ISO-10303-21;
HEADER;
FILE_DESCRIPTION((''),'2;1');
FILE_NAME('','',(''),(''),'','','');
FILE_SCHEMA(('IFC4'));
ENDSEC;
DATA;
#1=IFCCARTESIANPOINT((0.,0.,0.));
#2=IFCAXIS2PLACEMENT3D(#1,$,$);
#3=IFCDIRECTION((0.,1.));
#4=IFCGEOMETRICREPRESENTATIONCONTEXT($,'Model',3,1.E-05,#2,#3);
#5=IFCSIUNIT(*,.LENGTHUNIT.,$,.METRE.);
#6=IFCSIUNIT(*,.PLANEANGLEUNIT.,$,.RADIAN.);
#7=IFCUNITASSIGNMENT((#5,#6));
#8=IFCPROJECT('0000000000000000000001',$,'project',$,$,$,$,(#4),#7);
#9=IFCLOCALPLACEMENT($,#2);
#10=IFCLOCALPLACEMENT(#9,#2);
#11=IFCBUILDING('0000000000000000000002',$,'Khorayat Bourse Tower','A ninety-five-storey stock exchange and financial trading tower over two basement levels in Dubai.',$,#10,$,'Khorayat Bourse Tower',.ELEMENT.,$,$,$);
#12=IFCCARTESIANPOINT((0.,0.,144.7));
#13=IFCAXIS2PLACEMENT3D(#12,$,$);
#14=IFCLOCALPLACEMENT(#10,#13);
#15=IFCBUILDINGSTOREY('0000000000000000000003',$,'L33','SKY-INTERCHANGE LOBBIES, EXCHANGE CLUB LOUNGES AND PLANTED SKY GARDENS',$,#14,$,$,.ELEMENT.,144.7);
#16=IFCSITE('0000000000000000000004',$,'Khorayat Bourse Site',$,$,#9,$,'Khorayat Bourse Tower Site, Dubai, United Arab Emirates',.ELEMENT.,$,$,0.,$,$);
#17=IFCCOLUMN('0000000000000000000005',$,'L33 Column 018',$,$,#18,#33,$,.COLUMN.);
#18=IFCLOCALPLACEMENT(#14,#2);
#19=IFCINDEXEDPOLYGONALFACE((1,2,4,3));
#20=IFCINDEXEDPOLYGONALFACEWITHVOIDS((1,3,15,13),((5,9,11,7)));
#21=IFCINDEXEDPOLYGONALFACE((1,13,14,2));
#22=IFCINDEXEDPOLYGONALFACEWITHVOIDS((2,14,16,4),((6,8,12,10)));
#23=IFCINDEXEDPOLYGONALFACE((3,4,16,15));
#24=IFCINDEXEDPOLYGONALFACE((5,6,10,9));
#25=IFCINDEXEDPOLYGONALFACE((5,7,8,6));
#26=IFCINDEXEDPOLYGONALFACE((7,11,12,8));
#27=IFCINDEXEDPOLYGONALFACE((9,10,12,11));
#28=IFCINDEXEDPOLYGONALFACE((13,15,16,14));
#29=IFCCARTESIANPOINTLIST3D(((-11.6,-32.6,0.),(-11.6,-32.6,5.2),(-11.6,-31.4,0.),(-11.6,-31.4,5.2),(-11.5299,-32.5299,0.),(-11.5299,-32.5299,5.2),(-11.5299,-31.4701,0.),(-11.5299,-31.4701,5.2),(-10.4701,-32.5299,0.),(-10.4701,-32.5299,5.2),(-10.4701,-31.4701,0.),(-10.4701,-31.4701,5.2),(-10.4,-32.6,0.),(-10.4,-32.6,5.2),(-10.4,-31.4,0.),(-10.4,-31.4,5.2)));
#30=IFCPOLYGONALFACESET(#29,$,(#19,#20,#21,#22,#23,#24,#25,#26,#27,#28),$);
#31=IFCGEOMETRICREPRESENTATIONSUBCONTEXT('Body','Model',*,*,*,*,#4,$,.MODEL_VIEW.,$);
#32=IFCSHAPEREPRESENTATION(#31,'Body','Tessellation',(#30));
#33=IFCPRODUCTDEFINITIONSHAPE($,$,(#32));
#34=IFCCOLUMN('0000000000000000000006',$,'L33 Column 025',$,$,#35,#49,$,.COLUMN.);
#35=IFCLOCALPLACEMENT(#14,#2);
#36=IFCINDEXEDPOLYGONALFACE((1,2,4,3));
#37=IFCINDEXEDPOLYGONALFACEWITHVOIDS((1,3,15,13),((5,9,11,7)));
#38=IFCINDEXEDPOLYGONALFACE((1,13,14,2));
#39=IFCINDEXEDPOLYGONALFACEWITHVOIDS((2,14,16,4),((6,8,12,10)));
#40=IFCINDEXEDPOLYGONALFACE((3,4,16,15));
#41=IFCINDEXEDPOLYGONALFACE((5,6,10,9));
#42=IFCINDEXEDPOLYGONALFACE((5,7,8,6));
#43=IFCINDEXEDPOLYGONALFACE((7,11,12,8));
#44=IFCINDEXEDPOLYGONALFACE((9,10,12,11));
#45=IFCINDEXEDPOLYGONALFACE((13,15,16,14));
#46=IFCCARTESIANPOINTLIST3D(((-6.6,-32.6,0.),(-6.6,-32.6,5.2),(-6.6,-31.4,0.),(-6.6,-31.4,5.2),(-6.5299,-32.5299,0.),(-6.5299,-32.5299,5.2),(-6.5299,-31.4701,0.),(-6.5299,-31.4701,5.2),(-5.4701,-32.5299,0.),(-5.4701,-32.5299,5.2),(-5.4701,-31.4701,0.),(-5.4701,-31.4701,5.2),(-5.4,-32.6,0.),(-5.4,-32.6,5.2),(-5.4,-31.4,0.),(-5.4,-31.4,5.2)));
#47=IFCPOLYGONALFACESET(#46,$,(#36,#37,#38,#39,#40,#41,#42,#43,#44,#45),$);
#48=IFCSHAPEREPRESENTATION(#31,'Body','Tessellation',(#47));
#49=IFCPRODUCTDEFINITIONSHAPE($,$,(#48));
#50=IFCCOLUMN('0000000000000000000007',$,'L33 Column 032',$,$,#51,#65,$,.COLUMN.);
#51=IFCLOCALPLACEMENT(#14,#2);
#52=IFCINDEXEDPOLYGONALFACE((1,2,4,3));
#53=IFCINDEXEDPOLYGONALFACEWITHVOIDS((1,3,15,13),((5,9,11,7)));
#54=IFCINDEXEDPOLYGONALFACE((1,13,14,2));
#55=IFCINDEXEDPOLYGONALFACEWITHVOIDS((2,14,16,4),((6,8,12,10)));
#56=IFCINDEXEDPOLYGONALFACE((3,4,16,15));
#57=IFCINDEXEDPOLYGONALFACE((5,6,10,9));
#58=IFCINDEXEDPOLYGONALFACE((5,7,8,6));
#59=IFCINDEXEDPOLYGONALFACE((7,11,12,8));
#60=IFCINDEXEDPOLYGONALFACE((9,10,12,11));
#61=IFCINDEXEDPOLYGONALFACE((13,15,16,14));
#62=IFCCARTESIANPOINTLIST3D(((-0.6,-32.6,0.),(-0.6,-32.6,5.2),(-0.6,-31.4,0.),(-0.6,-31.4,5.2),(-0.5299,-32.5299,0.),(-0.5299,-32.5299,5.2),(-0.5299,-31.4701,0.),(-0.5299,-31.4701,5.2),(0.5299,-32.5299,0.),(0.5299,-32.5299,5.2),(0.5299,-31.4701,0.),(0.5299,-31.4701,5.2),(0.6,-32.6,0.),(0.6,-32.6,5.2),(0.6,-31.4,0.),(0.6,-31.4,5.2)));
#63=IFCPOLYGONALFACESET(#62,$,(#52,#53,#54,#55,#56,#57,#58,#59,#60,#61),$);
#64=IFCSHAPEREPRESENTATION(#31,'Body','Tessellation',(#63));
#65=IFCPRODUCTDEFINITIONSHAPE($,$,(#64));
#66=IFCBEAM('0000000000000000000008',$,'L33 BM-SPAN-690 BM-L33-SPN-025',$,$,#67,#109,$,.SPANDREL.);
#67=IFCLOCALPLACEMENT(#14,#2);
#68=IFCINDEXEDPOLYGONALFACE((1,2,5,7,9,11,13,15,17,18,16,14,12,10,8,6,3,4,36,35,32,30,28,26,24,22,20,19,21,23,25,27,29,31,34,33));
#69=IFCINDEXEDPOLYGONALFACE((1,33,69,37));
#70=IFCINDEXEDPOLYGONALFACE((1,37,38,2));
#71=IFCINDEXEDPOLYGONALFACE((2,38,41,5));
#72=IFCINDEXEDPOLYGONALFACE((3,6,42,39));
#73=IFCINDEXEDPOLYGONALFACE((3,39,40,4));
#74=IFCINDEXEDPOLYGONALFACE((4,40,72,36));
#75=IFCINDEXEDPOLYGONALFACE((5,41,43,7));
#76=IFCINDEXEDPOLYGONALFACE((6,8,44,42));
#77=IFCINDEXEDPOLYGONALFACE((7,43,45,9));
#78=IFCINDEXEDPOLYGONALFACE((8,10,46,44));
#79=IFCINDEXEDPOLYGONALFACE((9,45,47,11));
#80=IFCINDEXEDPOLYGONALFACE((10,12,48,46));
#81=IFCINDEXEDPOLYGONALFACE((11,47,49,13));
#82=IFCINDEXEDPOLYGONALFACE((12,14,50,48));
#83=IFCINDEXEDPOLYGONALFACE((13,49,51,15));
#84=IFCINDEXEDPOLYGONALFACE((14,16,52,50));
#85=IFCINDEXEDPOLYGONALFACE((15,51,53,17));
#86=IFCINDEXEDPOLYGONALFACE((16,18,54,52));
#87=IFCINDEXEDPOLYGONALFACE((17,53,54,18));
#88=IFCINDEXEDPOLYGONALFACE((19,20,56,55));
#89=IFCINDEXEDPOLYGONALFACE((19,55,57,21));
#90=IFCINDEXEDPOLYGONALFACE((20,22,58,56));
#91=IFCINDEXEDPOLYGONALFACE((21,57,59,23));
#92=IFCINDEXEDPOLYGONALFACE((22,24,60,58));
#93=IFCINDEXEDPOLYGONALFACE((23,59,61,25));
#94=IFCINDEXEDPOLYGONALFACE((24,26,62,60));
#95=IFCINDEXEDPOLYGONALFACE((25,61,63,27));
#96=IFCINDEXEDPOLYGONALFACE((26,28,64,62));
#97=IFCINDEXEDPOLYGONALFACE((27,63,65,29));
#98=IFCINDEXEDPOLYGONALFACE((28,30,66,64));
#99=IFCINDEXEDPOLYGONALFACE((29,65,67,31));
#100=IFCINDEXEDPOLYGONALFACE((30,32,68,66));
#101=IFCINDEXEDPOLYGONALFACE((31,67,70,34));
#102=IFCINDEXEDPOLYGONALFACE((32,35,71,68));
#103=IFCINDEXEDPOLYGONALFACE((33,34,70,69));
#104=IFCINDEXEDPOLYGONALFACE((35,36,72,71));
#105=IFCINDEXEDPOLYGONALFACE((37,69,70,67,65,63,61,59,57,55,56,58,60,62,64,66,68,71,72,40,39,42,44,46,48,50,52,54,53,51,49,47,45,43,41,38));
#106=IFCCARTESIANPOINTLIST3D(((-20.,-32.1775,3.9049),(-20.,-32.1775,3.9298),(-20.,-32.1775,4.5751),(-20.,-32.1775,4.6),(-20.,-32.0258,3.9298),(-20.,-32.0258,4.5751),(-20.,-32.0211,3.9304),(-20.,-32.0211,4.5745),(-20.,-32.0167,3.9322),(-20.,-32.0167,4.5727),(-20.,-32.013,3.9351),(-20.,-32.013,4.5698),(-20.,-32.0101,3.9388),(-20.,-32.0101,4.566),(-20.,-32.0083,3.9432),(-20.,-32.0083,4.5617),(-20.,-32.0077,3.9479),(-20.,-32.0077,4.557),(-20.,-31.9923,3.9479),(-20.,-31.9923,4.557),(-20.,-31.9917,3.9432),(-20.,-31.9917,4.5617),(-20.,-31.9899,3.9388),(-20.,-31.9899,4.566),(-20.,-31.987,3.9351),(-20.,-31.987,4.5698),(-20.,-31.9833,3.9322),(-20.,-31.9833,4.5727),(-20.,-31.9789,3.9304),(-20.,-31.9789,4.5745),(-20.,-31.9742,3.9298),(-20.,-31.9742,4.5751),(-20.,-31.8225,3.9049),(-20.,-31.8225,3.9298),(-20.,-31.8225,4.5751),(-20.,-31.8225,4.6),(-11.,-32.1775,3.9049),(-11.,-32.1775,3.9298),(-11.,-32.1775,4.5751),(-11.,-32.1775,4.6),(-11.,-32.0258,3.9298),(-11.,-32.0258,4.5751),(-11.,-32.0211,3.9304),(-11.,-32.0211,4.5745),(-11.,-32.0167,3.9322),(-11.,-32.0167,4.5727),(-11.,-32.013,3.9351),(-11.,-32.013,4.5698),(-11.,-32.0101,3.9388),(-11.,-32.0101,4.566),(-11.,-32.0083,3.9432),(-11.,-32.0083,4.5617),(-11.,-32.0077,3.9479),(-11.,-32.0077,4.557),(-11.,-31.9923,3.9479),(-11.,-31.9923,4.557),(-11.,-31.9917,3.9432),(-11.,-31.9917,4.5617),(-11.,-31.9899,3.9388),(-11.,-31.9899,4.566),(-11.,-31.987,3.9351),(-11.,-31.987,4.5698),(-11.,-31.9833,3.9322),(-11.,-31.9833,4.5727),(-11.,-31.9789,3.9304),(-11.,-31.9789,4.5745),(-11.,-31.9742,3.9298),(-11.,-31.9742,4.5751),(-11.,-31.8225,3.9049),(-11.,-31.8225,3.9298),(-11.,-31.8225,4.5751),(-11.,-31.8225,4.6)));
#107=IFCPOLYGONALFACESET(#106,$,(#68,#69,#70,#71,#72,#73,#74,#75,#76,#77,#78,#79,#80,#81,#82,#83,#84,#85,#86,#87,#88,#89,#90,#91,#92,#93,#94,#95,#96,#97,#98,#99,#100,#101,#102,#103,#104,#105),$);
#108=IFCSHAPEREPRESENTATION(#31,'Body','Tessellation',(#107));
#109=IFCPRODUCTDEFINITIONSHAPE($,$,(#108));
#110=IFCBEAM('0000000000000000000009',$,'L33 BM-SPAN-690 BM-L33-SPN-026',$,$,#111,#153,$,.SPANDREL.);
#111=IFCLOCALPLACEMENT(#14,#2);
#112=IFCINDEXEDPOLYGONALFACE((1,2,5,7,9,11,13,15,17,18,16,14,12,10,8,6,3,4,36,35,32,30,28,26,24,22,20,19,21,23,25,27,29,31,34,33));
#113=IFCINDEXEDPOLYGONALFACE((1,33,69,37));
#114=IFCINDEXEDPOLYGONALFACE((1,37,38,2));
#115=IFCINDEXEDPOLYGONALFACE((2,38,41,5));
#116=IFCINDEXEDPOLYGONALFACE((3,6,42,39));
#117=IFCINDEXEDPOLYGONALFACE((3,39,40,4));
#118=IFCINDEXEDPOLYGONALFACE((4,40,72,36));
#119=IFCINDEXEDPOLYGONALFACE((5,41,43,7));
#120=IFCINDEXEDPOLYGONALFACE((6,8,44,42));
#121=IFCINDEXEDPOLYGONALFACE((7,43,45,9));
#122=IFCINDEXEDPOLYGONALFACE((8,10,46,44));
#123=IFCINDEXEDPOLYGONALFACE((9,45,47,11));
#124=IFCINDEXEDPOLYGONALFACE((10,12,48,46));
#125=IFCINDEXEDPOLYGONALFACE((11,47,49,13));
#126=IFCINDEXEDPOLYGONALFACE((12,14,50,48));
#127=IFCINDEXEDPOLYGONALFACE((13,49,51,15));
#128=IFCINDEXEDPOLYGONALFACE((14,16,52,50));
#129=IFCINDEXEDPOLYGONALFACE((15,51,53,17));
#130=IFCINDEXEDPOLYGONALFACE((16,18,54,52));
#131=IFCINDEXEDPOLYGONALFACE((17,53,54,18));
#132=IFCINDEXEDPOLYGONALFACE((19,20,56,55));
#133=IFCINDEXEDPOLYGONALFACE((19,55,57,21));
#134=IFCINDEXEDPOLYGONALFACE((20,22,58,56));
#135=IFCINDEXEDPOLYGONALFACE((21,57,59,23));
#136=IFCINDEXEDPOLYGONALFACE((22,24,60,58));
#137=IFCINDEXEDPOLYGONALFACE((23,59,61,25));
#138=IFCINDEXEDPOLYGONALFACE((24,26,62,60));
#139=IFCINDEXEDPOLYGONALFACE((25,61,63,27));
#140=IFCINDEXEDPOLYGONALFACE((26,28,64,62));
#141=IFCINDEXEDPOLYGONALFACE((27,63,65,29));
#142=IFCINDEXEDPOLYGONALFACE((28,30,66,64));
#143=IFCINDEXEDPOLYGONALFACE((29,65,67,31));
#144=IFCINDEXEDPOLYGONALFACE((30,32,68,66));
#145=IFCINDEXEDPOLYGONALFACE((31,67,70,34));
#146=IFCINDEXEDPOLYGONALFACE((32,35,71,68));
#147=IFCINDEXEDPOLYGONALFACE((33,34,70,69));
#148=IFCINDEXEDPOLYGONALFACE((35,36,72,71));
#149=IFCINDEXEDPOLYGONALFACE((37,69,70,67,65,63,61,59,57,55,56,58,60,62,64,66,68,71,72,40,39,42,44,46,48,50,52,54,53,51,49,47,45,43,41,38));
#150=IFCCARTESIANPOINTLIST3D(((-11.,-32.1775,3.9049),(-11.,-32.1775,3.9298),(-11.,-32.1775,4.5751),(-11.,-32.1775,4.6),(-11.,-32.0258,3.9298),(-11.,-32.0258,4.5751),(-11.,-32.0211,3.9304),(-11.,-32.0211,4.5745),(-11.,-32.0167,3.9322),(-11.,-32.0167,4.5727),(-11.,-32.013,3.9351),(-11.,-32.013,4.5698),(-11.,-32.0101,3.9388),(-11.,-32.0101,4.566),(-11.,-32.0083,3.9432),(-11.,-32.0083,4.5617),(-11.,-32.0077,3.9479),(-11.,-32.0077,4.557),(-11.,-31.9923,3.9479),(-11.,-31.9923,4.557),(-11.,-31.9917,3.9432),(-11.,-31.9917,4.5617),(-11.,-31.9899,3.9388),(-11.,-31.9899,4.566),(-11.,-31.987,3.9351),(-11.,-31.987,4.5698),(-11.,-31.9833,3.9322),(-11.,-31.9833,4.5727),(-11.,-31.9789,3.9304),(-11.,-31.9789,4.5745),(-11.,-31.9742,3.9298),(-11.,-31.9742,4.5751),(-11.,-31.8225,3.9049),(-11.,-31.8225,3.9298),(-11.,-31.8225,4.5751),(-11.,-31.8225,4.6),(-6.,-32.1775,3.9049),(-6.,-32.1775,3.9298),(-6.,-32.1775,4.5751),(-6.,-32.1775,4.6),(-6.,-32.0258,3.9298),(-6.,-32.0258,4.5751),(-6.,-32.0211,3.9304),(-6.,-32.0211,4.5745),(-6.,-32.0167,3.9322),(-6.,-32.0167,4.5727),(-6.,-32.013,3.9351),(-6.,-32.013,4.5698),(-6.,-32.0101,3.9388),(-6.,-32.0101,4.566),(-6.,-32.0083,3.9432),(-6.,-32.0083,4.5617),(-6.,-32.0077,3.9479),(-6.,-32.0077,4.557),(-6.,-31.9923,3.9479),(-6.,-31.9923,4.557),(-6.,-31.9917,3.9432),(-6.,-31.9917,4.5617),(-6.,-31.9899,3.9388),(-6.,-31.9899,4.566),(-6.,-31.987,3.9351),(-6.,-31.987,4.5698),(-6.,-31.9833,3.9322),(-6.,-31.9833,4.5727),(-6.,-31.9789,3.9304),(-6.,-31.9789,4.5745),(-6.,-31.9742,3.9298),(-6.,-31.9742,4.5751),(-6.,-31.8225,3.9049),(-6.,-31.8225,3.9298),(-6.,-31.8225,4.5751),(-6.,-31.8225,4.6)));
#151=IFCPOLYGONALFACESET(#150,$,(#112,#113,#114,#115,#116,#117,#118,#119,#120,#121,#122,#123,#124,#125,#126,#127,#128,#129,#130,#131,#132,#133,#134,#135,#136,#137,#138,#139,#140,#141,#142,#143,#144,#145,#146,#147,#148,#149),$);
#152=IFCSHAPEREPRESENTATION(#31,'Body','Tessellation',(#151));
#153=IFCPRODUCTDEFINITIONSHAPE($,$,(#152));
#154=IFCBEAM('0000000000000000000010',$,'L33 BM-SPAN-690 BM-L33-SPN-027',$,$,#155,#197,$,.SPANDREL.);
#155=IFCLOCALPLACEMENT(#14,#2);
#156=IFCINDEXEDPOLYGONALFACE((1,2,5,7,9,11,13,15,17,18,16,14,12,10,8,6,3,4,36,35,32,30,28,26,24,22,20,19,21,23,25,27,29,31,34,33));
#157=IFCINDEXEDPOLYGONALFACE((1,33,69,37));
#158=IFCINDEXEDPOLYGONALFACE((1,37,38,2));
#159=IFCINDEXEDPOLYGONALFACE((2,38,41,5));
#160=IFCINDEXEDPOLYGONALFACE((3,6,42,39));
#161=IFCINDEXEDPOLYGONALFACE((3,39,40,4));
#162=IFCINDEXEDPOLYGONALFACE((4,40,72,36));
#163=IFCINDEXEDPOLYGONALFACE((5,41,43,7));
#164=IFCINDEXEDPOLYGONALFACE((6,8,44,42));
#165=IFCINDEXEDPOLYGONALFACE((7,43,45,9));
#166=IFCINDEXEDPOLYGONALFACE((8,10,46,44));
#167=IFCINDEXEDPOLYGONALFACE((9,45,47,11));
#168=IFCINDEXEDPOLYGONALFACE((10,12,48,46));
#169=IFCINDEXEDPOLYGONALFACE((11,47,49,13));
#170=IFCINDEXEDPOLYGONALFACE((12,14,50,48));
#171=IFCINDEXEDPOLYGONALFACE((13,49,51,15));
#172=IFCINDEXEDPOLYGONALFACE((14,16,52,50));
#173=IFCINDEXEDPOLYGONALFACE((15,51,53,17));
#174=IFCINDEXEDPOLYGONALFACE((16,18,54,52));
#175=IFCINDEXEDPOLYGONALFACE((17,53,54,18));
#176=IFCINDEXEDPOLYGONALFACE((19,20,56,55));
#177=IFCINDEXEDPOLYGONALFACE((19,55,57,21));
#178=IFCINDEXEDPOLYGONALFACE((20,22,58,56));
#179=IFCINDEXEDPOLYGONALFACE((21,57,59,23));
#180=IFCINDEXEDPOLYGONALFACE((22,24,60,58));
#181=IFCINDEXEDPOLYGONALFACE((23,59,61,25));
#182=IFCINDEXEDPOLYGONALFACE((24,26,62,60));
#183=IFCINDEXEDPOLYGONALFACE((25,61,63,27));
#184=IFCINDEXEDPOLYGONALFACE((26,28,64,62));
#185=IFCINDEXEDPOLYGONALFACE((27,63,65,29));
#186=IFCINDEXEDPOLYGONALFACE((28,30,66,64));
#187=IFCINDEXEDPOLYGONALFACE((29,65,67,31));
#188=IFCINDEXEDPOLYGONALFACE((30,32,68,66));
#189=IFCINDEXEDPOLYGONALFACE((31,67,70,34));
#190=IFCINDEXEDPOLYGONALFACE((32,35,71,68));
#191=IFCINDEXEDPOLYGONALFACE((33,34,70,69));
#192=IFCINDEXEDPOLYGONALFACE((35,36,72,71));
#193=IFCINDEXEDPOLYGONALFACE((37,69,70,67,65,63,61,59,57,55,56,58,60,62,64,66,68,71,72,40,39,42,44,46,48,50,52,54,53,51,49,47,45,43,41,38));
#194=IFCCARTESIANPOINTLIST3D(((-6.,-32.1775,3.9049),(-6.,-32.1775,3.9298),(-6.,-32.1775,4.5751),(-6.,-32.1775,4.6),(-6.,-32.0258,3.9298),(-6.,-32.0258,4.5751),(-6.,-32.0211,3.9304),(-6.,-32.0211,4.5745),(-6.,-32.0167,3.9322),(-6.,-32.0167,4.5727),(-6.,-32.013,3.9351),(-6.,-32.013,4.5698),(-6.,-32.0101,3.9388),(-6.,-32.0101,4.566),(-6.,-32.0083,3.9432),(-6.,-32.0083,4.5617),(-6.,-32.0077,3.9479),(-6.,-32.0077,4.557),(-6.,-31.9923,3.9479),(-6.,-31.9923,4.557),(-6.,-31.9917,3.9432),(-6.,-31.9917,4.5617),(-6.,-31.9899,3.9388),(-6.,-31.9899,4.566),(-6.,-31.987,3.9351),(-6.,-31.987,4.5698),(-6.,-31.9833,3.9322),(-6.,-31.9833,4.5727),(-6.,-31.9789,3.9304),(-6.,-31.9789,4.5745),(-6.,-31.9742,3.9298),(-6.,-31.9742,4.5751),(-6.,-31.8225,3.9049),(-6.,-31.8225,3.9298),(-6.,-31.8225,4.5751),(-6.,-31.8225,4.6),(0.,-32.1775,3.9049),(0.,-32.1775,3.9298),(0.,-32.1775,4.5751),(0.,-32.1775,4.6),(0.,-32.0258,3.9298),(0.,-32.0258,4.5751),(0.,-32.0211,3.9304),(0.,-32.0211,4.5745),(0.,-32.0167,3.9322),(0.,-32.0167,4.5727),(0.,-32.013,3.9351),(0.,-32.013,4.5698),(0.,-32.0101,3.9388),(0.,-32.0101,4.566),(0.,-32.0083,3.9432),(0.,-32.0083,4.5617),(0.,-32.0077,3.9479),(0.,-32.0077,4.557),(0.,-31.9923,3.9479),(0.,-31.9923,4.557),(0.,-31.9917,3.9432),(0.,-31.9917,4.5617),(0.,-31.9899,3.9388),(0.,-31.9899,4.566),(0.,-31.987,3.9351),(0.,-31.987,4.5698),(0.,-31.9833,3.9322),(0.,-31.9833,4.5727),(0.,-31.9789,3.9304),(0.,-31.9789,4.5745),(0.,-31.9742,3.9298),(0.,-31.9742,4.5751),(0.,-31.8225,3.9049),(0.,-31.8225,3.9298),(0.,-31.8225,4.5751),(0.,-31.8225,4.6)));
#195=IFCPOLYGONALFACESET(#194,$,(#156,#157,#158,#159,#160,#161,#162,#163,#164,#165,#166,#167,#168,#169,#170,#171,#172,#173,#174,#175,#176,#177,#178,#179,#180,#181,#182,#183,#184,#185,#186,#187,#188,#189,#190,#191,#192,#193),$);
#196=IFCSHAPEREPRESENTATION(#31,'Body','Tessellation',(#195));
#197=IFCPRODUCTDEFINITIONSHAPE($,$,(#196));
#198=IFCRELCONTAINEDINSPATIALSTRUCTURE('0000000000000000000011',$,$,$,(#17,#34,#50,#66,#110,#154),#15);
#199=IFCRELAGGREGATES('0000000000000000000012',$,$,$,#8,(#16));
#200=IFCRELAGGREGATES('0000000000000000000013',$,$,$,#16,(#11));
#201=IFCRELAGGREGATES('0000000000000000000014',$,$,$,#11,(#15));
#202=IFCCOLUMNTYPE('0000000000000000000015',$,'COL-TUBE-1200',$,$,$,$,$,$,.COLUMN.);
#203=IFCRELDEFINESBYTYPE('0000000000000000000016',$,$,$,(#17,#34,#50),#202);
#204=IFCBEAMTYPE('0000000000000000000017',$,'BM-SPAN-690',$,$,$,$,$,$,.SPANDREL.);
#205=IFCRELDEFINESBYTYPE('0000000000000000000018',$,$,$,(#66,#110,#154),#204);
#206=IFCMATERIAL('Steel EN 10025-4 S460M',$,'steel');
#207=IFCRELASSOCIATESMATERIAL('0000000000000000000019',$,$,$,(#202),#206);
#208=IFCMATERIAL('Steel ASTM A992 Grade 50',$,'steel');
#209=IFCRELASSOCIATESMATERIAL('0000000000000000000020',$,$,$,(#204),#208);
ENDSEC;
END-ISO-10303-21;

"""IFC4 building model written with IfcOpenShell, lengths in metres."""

from ifc_helpers import new_model, si_unit, direction, frame, origin, origin_2d, place, context, subcontext, project, spatial, hollow_rectangle, i_section, extrude, source, transform, mapped, material, material_profile, profile_set, type_object, element, save


model = new_model("IFC4")

# Units and contexts
model_context = context("Model", 3, precision=1e-05, world=origin(), true_north=direction((0.0, 1.0)))
body_context = subcontext(model_context, "Body", "Model", "MODEL_VIEW")
ifc_project = project(units=[si_unit("LENGTHUNIT", "METRE"), si_unit("PLANEANGLEUNIT", "RADIAN")], contexts=[model_context])

# Site, building, storey
site_placement = place(None, origin())
site = spatial("IfcSite", under=ifc_project, at=site_placement, Name="Khorayat Bourse Site", LongName="Khorayat Bourse Tower Site, Dubai, United Arab Emirates", CompositionType="ELEMENT", RefElevation=0.0)
building_placement = place(site_placement, origin())
building = spatial("IfcBuilding", under=site, at=building_placement, Name="Khorayat Bourse Tower", Description="A ninety-five-storey stock exchange and financial trading tower over two basement levels in Dubai.", LongName="Khorayat Bourse Tower", CompositionType="ELEMENT")
storey_placement = place(building_placement, frame((0.0, 0.0, 144.7)))
storey = spatial("IfcBuildingStorey", under=building, at=storey_placement, Name="L33", Description="SKY-INTERCHANGE LOBBIES, EXCHANGE CLUB LOUNGES AND PLANTED SKY GARDENS", CompositionType="ELEMENT", Elevation=144.7)

# Columns
ifc_material_1 = material(Name="Steel EN 10025-4 S460M", Category="steel")
ifc_material_profile_1 = material_profile(ifc_material_1, hollow_rectangle(XDim=1.2, YDim=1.2, WallThickness=0.0701, at=origin_2d()), Name="BOX 1200x1200x70")
ifc_profile_set_1 = profile_set([ifc_material_profile_1], Name="Steel EN 10025-4 S460M")
column_type = type_object("IfcColumnType", Name="COL-TUBE-1200", PredefinedType="COLUMN", material=ifc_profile_set_1)
shared_shape_1 = source(origin(), body_context, "Body", "SweptSolid", [
    extrude(hollow_rectangle(XDim=1.2, YDim=1.2, WallThickness=0.0701, at=origin_2d()), origin(), (0.0, 0.0, 1.0), 5.2),
])
for number, where, z_axis, x_axis, name in (
    (1, (-11.0, -32.0, 0.0), (0.0, 0.0, 1.0), (1.0, 0.0, 0.0), "L33 Column 018"),
    (2, (-6.0, -32.0, 0.0), (0.0, 0.0, 1.0), (1.0, 0.0, 0.0), "L33 Column 025"),
    (3, (0.0, -32.0, 0.0), (0.0, 0.0, 1.0), (1.0, 0.0, 0.0), "L33 Column 032"),
):
    element("IfcColumn", number, at=place(storey_placement, frame(where, z_axis=z_axis, x_axis=x_axis)), inside=storey, type_object=column_type, Name=name, PredefinedType="COLUMN", context=body_context, shape_type="MappedRepresentation", body=[
        mapped(shared_shape_1, transform((0.0, 0.0, 0.0), scale=1.0)),
    ])

# Beams
ifc_material_2 = material(Name="Steel ASTM A992 Grade 50", Category="steel")
ifc_material_profile_2 = material_profile(ifc_material_2, i_section(OverallWidth=0.355, OverallDepth=0.6951, WebThickness=0.0154, FlangeThickness=0.0249, FilletRadius=0.0181, at=origin_2d()), Name="W690X217")
ifc_profile_set_2 = profile_set([ifc_material_profile_2], Name="Steel ASTM A992 Grade 50")
beam_type_1 = type_object("IfcBeamType", Name="BM-SPAN-690", PredefinedType="SPANDREL", material=ifc_profile_set_2)
shared_shape_2 = source(origin(), body_context, "Body", "SweptSolid", [
    extrude(i_section(OverallWidth=0.355, OverallDepth=0.6951, WebThickness=0.0154, FlangeThickness=0.0249, FilletRadius=0.0181, at=origin_2d()), origin(), (0.0, 0.0, 1.0), 9.0),
])
beam_1_placement = place(storey_placement, frame((-20.0, -32.0, 4.2524), z_axis=(1.0, 0.0, 0.0), x_axis=(0.0, 1.0, 0.0)))
element("IfcBeam", 4, at=beam_1_placement, inside=storey, type_object=beam_type_1, Name="L33 BM-SPAN-690 BM-L33-SPN-025", PredefinedType="SPANDREL", context=body_context, shape_type="MappedRepresentation", body=[
    mapped(shared_shape_2, transform((0.0, 0.0, 0.0), scale=1.0)),
])
shared_shape_3 = source(origin(), body_context, "Body", "SweptSolid", [
    extrude(i_section(OverallWidth=0.355, OverallDepth=0.6951, WebThickness=0.0154, FlangeThickness=0.0249, FilletRadius=0.0181, at=origin_2d()), origin(), (0.0, 0.0, 1.0), 5.0),
])
beam_2_placement = place(storey_placement, frame((-11.0, -32.0, 4.2524), z_axis=(1.0, 0.0, 0.0), x_axis=(0.0, 1.0, 0.0)))
element("IfcBeam", 5, at=beam_2_placement, inside=storey, type_object=beam_type_1, Name="L33 BM-SPAN-690 BM-L33-SPN-026", PredefinedType="SPANDREL", context=body_context, shape_type="MappedRepresentation", body=[
    mapped(shared_shape_3, transform((0.0, 0.0, 0.0), scale=1.0)),
])
shared_shape_4 = source(origin(), body_context, "Body", "SweptSolid", [
    extrude(i_section(OverallWidth=0.355, OverallDepth=0.6951, WebThickness=0.0154, FlangeThickness=0.0249, FilletRadius=0.0181, at=origin_2d()), origin(), (0.0, 0.0, 1.0), 6.0),
])
beam_3_placement = place(storey_placement, frame((-6.0, -32.0, 4.2524), z_axis=(1.0, 0.0, 0.0), x_axis=(0.0, 1.0, 0.0)))
element("IfcBeam", 6, at=beam_3_placement, inside=storey, type_object=beam_type_1, Name="L33 BM-SPAN-690 BM-L33-SPN-027", PredefinedType="SPANDREL", context=body_context, shape_type="MappedRepresentation", body=[
    mapped(shared_shape_4, transform((0.0, 0.0, 0.0), scale=1.0)),
])

save(model, "model.ifc")
